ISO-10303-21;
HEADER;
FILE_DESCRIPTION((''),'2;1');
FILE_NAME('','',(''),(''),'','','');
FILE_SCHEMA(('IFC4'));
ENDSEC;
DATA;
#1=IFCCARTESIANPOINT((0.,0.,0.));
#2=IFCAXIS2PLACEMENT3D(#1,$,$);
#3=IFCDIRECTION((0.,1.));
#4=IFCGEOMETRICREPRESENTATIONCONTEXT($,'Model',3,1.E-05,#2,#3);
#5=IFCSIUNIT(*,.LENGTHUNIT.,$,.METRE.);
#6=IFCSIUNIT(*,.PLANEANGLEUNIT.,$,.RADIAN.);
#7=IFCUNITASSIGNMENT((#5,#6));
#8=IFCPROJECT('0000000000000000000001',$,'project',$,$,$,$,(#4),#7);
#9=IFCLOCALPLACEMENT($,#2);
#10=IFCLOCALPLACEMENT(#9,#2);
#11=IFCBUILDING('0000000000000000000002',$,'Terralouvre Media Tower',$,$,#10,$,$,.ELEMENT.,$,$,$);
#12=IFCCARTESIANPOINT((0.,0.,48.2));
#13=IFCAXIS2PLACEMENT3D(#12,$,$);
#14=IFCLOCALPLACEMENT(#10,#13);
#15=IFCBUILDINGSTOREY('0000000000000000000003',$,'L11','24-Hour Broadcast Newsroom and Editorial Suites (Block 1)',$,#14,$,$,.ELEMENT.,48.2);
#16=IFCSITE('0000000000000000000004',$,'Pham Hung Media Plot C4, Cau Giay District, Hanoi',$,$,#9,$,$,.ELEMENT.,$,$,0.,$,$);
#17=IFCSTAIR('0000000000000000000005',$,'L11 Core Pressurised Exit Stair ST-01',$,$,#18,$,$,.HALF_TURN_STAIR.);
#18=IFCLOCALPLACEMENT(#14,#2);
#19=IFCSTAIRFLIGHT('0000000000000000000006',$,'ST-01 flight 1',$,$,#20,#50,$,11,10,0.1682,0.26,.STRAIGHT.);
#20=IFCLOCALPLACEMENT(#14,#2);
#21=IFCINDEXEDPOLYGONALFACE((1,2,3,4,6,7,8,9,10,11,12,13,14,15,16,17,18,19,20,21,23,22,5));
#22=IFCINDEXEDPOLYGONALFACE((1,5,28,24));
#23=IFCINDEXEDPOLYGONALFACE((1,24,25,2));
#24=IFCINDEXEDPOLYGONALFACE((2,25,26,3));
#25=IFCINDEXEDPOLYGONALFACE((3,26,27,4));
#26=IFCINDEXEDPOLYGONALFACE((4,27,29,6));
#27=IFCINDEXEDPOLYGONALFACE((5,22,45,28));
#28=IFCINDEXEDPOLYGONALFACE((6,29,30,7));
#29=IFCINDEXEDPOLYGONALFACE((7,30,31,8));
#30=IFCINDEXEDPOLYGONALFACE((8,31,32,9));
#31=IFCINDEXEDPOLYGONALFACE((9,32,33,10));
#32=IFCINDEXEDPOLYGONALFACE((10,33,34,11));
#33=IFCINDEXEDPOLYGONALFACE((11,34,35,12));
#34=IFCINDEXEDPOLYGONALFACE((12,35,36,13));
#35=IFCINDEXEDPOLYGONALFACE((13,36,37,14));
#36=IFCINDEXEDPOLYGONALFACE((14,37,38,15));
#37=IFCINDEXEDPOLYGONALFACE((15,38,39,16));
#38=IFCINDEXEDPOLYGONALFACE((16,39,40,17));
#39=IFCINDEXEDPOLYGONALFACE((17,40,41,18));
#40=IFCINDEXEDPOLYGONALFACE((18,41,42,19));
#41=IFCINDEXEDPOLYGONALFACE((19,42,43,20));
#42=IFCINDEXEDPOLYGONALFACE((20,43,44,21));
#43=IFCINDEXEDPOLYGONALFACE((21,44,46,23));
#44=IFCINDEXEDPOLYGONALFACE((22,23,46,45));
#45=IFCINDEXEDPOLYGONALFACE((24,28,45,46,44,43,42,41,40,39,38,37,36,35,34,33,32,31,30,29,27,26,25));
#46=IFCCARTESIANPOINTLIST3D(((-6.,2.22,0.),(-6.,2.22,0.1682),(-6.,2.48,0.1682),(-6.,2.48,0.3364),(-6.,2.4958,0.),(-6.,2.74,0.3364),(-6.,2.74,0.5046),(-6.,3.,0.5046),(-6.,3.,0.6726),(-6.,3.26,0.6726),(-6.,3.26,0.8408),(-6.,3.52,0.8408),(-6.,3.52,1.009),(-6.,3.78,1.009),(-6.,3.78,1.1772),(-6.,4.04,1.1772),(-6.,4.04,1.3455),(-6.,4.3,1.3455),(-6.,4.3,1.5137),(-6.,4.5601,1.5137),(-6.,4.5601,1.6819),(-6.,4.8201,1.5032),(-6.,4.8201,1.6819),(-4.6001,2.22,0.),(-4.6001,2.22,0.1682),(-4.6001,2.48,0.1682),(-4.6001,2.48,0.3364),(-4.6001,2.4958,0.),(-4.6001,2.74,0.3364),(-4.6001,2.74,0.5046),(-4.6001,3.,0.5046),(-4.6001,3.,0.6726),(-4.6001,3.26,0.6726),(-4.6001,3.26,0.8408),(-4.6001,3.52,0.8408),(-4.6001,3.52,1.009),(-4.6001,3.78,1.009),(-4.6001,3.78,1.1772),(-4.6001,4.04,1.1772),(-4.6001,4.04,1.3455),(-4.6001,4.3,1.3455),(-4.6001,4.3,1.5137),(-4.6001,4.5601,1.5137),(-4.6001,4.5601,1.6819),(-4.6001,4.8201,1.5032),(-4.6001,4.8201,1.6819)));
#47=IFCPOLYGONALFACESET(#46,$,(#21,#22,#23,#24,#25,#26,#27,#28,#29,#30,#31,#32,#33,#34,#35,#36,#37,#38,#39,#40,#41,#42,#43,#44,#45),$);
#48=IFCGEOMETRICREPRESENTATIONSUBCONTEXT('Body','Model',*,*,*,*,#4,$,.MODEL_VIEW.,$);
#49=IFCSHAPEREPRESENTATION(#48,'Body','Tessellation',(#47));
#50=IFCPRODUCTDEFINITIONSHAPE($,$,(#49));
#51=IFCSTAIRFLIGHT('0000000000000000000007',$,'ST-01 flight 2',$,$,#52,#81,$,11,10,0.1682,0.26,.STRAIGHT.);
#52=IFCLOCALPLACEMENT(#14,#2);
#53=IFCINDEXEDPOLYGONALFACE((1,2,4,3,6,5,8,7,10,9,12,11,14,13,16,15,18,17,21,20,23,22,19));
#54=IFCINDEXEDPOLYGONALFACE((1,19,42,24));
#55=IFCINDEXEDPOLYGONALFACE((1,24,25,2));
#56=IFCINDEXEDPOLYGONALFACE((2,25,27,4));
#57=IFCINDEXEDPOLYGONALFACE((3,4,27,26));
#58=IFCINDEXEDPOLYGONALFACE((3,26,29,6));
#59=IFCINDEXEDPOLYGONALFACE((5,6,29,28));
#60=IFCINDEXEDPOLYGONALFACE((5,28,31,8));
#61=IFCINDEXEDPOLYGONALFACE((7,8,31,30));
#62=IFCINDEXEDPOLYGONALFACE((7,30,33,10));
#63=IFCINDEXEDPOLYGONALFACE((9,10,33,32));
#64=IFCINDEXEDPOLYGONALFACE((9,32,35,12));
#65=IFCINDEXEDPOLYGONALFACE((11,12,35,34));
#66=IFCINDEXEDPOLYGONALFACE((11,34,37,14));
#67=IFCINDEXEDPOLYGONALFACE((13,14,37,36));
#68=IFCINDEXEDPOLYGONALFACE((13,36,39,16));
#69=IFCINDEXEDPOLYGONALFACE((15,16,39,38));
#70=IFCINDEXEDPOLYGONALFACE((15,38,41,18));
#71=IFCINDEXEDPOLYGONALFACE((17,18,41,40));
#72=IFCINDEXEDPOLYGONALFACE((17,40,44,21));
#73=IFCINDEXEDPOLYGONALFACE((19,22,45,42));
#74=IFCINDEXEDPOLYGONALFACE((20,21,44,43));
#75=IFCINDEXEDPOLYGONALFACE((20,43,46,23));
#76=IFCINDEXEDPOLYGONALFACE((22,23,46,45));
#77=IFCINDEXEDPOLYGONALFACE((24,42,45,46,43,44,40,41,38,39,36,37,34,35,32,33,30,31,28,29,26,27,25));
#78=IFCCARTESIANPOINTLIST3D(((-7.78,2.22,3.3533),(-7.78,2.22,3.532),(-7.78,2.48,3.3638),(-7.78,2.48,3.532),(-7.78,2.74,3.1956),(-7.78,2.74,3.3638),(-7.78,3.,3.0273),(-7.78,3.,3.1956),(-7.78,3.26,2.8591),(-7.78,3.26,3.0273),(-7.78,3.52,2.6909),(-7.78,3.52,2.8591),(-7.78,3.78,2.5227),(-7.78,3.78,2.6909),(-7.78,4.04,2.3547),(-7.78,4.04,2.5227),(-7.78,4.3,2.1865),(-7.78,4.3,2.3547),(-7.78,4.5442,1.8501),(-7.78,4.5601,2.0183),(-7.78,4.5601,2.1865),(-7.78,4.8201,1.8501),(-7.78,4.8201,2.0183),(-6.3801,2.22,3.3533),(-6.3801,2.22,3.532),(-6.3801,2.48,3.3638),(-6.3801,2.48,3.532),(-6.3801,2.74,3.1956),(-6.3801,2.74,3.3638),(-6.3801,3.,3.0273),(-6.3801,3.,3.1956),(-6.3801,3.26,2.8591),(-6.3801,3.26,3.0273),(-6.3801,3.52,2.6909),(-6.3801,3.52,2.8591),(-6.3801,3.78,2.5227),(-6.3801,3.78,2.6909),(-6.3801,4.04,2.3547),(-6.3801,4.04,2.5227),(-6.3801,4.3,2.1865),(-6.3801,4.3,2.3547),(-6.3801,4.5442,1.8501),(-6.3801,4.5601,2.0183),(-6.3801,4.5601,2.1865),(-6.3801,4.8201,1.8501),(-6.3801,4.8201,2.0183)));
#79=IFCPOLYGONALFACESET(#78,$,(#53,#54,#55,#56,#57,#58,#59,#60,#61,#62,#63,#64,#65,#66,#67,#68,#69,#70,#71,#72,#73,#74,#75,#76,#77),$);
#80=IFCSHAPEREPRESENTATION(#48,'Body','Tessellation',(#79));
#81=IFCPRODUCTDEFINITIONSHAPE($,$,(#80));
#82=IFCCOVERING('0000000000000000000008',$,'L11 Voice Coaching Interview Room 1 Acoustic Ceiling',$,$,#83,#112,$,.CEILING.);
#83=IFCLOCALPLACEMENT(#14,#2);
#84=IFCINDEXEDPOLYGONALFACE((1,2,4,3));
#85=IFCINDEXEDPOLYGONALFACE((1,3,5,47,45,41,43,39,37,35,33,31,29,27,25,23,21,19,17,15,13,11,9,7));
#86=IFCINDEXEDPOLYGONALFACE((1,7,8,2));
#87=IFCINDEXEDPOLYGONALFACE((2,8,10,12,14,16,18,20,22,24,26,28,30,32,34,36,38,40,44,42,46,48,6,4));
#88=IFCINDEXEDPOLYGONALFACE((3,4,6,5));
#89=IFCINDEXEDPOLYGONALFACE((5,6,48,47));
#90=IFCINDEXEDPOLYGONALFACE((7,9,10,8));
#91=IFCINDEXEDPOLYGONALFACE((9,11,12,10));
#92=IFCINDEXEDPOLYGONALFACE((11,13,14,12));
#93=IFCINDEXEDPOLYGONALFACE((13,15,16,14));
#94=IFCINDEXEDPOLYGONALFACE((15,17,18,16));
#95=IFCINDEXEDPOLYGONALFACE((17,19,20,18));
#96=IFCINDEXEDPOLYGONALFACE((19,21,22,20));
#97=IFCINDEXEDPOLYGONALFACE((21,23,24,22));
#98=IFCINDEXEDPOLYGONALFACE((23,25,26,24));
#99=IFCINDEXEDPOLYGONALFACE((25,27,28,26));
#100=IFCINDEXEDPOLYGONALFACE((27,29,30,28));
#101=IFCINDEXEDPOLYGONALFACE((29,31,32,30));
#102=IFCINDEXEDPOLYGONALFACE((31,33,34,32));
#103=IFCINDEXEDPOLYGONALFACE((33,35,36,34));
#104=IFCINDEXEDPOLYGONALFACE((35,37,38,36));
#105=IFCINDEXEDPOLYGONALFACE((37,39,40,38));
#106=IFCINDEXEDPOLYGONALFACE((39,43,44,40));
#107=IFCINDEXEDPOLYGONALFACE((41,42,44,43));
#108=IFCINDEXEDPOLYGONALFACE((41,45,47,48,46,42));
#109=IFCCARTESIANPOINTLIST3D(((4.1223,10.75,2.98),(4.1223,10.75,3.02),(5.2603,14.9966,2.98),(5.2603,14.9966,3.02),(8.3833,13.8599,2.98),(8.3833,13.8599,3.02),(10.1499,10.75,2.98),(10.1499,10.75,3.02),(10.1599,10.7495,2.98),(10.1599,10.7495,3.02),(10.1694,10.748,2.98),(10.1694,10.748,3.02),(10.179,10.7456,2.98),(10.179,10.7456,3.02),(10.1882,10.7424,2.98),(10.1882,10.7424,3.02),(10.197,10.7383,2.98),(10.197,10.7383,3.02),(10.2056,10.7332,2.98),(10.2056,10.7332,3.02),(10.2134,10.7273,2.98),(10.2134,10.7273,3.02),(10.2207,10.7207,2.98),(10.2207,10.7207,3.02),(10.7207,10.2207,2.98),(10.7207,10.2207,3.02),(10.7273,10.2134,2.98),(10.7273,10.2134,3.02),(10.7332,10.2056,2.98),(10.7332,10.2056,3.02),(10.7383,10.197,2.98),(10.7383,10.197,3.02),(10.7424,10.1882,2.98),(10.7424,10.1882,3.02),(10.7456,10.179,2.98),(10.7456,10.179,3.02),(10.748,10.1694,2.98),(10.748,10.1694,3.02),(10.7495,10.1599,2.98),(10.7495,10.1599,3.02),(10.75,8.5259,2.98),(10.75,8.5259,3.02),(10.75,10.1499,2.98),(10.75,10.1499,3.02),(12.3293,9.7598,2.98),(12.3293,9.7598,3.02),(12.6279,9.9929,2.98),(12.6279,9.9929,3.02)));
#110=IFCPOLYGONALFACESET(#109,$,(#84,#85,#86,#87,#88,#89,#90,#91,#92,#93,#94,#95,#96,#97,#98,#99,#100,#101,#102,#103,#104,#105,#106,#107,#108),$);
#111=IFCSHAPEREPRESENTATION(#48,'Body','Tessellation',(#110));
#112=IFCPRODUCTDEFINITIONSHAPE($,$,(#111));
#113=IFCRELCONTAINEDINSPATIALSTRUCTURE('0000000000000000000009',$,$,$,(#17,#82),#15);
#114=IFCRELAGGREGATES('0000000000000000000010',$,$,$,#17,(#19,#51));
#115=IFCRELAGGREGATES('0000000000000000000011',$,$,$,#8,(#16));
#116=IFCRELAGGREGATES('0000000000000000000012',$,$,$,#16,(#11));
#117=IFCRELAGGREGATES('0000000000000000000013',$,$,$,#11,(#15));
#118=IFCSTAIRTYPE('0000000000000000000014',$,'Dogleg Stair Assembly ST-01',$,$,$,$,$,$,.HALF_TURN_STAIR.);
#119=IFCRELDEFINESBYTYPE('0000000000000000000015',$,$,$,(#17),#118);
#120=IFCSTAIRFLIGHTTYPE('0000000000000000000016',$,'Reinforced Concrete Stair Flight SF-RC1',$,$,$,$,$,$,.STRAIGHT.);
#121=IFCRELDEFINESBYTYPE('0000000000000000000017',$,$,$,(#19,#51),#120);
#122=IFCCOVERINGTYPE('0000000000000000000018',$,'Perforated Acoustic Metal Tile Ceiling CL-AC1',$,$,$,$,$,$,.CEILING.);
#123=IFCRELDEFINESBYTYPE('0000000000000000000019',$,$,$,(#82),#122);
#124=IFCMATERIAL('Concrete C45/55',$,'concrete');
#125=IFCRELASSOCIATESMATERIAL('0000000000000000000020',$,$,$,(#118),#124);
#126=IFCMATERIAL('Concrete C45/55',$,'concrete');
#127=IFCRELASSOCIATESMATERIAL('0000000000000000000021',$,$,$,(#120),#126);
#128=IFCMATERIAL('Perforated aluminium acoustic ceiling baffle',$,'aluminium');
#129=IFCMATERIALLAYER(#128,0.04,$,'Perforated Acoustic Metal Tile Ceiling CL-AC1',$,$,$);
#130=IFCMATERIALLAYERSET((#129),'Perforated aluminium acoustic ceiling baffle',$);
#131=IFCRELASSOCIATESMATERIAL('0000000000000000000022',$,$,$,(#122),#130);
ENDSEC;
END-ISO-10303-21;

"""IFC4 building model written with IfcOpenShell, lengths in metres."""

from ifc_helpers import new_model, si_unit, direction, frame, origin, place, context, subcontext, project, spatial, polyline, outline, extrude, material, layer, layer_set, type_object, element, aggregate, save


model = new_model("IFC4")

# Units and contexts
model_context = context("Model", 3, precision=1e-05, world=origin(), true_north=direction((0.0, 1.0)))
body_context = subcontext(model_context, "Body", "Model", "MODEL_VIEW")
ifc_project = project(units=[si_unit("LENGTHUNIT", "METRE"), si_unit("PLANEANGLEUNIT", "RADIAN")], contexts=[model_context])

# Site, building, storey
site_placement = place(None, origin())
site = spatial("IfcSite", under=ifc_project, at=site_placement, Name="Pham Hung Media Plot C4, Cau Giay District, Hanoi", CompositionType="ELEMENT", RefElevation=0.0)
building_placement = place(site_placement, origin())
building = spatial("IfcBuilding", under=site, at=building_placement, Name="Terralouvre Media Tower", CompositionType="ELEMENT")
storey_placement = place(building_placement, frame((0.0, 0.0, 48.2)))
storey = spatial("IfcBuildingStorey", under=building, at=storey_placement, Name="L11", Description="24-Hour Broadcast Newsroom and Editorial Suites (Block 1)", CompositionType="ELEMENT", Elevation=48.2)

# Stair, stair flights
ifc_material_1 = material(Name="Concrete C45/55", Category="concrete")
stair_type = type_object("IfcStairType", Name="Dogleg Stair Assembly ST-01", PredefinedType="HALF_TURN_STAIR", material=ifc_material_1)
stair_placement = place(storey_placement, origin())
stair = element("IfcStair", 1, at=stair_placement, inside=storey, type_object=stair_type, Name="L11 Core Pressurised Exit Stair ST-01", PredefinedType="HALF_TURN_STAIR")
ifc_material_2 = material(Name="Concrete C45/55", Category="concrete")
stair_flight_type = type_object("IfcStairFlightType", Name="Reinforced Concrete Stair Flight SF-RC1", PredefinedType="STRAIGHT", material=ifc_material_2)
stair_flight_1_placement = place(storey_placement, frame((-5.3, 2.22, 0.0), z_axis=(0.0, 0.0, 1.0), x_axis=(0.0, 1.0, 0.0)))
stair_flight_1 = element("IfcStairFlight", 2, at=stair_flight_1_placement, type_object=stair_flight_type, Name="ST-01 flight 1", NumberOfRisers=11, NumberOfTreads=10, PredefinedType="STRAIGHT", RiserHeight=0.1682, TreadLength=0.26, context=body_context, shape_type="SweptSolid", body=[
    extrude(outline(polyline([(0.0, 0.0), (0.0, 0.1682), (0.26, 0.1682), (0.26, 0.3364), (0.52, 0.3364), (0.52, 0.5046), (0.78, 0.5046), (0.78, 0.6726), (1.04, 0.6726), (1.04, 0.8408), (1.3, 0.8408), (1.3, 1.009), (1.5601, 1.009), (1.5601, 1.1772), (1.8201, 1.1772), (1.8201, 1.3455), (2.0801, 1.3455), (2.0801, 1.5137), (2.3401, 1.5137), (2.3401, 1.6819), (2.6001, 1.6819), (2.6001, 1.8501), (2.6001, 1.5032), (0.2759, 0.0), (0.0, 0.0)])), frame((0.0, 0.7, 0.0), z_axis=(0.0, -1.0, 0.0), x_axis=(1.0, 0.0, 0.0)), (0.0, 0.0, 1.0), 1.3999),
])
stair_flight_2_placement = place(storey_placement, frame((-7.0801, 4.8201, 1.8501), z_axis=(0.0, 0.0, 1.0), x_axis=(0.0, -1.0, 0.0)))
stair_flight_2 = element("IfcStairFlight", 3, at=stair_flight_2_placement, type_object=stair_flight_type, Name="ST-01 flight 2", NumberOfRisers=11, NumberOfTreads=10, PredefinedType="STRAIGHT", RiserHeight=0.1682, TreadLength=0.26, context=body_context, shape_type="SweptSolid", body=[
    extrude(outline(polyline([(0.0, 0.0), (0.0, 0.1682), (0.26, 0.1682), (0.26, 0.3364), (0.52, 0.3364), (0.52, 0.5046), (0.78, 0.5046), (0.78, 0.6726), (1.04, 0.6726), (1.04, 0.8408), (1.3, 0.8408), (1.3, 1.009), (1.5601, 1.009), (1.5601, 1.1772), (1.8201, 1.1772), (1.8201, 1.3455), (2.0801, 1.3455), (2.0801, 1.5137), (2.3401, 1.5137), (2.3401, 1.6819), (2.6001, 1.6819), (2.6001, 1.8501), (2.6001, 1.5032), (0.2759, 0.0), (0.0, 0.0)])), frame((0.0, 0.7, 0.0), z_axis=(0.0, -1.0, 0.0), x_axis=(1.0, 0.0, 0.0)), (0.0, 0.0, 1.0), 1.3999),
])
aggregate(stair, [stair_flight_1, stair_flight_2])

# Covering
ifc_material_3 = material(Name="Perforated aluminium acoustic ceiling baffle", Category="aluminium")
ifc_layer_1 = layer(ifc_material_3, 0.04, Name="Perforated Acoustic Metal Tile Ceiling CL-AC1")
ifc_layer_set_1 = layer_set([ifc_layer_1], Name="Perforated aluminium acoustic ceiling baffle")
covering_type = type_object("IfcCoveringType", Name="Perforated Acoustic Metal Tile Ceiling CL-AC1", PredefinedType="CEILING", material=ifc_layer_set_1)
covering_placement = place(storey_placement, frame((0.0, 0.0, 2.98)))
element("IfcCovering", 4, at=covering_placement, inside=storey, type_object=covering_type, Name="L11 Voice Coaching Interview Room 1 Acoustic Ceiling", PredefinedType="CEILING", context=body_context, shape_type="SweptSolid", body=[
    extrude(outline(polyline([(12.6279, 9.9929), (8.3833, 13.8599), (5.2603, 14.9966), (4.1223, 10.75), (10.1499, 10.75), (10.1599, 10.7495), (10.1694, 10.748), (10.179, 10.7456), (10.1882, 10.7424), (10.197, 10.7383), (10.2056, 10.7332), (10.2134, 10.7273), (10.2207, 10.7207), (10.7207, 10.2207), (10.7273, 10.2134), (10.7332, 10.2056), (10.7383, 10.197), (10.7424, 10.1882), (10.7456, 10.179), (10.748, 10.1694), (10.7495, 10.1599), (10.75, 10.1499), (10.75, 8.5259), (12.3293, 9.7598), (12.6279, 9.9929)])), origin(), (0.0, 0.0, 1.0), 0.04),
])

save(model, "model.ifc")
